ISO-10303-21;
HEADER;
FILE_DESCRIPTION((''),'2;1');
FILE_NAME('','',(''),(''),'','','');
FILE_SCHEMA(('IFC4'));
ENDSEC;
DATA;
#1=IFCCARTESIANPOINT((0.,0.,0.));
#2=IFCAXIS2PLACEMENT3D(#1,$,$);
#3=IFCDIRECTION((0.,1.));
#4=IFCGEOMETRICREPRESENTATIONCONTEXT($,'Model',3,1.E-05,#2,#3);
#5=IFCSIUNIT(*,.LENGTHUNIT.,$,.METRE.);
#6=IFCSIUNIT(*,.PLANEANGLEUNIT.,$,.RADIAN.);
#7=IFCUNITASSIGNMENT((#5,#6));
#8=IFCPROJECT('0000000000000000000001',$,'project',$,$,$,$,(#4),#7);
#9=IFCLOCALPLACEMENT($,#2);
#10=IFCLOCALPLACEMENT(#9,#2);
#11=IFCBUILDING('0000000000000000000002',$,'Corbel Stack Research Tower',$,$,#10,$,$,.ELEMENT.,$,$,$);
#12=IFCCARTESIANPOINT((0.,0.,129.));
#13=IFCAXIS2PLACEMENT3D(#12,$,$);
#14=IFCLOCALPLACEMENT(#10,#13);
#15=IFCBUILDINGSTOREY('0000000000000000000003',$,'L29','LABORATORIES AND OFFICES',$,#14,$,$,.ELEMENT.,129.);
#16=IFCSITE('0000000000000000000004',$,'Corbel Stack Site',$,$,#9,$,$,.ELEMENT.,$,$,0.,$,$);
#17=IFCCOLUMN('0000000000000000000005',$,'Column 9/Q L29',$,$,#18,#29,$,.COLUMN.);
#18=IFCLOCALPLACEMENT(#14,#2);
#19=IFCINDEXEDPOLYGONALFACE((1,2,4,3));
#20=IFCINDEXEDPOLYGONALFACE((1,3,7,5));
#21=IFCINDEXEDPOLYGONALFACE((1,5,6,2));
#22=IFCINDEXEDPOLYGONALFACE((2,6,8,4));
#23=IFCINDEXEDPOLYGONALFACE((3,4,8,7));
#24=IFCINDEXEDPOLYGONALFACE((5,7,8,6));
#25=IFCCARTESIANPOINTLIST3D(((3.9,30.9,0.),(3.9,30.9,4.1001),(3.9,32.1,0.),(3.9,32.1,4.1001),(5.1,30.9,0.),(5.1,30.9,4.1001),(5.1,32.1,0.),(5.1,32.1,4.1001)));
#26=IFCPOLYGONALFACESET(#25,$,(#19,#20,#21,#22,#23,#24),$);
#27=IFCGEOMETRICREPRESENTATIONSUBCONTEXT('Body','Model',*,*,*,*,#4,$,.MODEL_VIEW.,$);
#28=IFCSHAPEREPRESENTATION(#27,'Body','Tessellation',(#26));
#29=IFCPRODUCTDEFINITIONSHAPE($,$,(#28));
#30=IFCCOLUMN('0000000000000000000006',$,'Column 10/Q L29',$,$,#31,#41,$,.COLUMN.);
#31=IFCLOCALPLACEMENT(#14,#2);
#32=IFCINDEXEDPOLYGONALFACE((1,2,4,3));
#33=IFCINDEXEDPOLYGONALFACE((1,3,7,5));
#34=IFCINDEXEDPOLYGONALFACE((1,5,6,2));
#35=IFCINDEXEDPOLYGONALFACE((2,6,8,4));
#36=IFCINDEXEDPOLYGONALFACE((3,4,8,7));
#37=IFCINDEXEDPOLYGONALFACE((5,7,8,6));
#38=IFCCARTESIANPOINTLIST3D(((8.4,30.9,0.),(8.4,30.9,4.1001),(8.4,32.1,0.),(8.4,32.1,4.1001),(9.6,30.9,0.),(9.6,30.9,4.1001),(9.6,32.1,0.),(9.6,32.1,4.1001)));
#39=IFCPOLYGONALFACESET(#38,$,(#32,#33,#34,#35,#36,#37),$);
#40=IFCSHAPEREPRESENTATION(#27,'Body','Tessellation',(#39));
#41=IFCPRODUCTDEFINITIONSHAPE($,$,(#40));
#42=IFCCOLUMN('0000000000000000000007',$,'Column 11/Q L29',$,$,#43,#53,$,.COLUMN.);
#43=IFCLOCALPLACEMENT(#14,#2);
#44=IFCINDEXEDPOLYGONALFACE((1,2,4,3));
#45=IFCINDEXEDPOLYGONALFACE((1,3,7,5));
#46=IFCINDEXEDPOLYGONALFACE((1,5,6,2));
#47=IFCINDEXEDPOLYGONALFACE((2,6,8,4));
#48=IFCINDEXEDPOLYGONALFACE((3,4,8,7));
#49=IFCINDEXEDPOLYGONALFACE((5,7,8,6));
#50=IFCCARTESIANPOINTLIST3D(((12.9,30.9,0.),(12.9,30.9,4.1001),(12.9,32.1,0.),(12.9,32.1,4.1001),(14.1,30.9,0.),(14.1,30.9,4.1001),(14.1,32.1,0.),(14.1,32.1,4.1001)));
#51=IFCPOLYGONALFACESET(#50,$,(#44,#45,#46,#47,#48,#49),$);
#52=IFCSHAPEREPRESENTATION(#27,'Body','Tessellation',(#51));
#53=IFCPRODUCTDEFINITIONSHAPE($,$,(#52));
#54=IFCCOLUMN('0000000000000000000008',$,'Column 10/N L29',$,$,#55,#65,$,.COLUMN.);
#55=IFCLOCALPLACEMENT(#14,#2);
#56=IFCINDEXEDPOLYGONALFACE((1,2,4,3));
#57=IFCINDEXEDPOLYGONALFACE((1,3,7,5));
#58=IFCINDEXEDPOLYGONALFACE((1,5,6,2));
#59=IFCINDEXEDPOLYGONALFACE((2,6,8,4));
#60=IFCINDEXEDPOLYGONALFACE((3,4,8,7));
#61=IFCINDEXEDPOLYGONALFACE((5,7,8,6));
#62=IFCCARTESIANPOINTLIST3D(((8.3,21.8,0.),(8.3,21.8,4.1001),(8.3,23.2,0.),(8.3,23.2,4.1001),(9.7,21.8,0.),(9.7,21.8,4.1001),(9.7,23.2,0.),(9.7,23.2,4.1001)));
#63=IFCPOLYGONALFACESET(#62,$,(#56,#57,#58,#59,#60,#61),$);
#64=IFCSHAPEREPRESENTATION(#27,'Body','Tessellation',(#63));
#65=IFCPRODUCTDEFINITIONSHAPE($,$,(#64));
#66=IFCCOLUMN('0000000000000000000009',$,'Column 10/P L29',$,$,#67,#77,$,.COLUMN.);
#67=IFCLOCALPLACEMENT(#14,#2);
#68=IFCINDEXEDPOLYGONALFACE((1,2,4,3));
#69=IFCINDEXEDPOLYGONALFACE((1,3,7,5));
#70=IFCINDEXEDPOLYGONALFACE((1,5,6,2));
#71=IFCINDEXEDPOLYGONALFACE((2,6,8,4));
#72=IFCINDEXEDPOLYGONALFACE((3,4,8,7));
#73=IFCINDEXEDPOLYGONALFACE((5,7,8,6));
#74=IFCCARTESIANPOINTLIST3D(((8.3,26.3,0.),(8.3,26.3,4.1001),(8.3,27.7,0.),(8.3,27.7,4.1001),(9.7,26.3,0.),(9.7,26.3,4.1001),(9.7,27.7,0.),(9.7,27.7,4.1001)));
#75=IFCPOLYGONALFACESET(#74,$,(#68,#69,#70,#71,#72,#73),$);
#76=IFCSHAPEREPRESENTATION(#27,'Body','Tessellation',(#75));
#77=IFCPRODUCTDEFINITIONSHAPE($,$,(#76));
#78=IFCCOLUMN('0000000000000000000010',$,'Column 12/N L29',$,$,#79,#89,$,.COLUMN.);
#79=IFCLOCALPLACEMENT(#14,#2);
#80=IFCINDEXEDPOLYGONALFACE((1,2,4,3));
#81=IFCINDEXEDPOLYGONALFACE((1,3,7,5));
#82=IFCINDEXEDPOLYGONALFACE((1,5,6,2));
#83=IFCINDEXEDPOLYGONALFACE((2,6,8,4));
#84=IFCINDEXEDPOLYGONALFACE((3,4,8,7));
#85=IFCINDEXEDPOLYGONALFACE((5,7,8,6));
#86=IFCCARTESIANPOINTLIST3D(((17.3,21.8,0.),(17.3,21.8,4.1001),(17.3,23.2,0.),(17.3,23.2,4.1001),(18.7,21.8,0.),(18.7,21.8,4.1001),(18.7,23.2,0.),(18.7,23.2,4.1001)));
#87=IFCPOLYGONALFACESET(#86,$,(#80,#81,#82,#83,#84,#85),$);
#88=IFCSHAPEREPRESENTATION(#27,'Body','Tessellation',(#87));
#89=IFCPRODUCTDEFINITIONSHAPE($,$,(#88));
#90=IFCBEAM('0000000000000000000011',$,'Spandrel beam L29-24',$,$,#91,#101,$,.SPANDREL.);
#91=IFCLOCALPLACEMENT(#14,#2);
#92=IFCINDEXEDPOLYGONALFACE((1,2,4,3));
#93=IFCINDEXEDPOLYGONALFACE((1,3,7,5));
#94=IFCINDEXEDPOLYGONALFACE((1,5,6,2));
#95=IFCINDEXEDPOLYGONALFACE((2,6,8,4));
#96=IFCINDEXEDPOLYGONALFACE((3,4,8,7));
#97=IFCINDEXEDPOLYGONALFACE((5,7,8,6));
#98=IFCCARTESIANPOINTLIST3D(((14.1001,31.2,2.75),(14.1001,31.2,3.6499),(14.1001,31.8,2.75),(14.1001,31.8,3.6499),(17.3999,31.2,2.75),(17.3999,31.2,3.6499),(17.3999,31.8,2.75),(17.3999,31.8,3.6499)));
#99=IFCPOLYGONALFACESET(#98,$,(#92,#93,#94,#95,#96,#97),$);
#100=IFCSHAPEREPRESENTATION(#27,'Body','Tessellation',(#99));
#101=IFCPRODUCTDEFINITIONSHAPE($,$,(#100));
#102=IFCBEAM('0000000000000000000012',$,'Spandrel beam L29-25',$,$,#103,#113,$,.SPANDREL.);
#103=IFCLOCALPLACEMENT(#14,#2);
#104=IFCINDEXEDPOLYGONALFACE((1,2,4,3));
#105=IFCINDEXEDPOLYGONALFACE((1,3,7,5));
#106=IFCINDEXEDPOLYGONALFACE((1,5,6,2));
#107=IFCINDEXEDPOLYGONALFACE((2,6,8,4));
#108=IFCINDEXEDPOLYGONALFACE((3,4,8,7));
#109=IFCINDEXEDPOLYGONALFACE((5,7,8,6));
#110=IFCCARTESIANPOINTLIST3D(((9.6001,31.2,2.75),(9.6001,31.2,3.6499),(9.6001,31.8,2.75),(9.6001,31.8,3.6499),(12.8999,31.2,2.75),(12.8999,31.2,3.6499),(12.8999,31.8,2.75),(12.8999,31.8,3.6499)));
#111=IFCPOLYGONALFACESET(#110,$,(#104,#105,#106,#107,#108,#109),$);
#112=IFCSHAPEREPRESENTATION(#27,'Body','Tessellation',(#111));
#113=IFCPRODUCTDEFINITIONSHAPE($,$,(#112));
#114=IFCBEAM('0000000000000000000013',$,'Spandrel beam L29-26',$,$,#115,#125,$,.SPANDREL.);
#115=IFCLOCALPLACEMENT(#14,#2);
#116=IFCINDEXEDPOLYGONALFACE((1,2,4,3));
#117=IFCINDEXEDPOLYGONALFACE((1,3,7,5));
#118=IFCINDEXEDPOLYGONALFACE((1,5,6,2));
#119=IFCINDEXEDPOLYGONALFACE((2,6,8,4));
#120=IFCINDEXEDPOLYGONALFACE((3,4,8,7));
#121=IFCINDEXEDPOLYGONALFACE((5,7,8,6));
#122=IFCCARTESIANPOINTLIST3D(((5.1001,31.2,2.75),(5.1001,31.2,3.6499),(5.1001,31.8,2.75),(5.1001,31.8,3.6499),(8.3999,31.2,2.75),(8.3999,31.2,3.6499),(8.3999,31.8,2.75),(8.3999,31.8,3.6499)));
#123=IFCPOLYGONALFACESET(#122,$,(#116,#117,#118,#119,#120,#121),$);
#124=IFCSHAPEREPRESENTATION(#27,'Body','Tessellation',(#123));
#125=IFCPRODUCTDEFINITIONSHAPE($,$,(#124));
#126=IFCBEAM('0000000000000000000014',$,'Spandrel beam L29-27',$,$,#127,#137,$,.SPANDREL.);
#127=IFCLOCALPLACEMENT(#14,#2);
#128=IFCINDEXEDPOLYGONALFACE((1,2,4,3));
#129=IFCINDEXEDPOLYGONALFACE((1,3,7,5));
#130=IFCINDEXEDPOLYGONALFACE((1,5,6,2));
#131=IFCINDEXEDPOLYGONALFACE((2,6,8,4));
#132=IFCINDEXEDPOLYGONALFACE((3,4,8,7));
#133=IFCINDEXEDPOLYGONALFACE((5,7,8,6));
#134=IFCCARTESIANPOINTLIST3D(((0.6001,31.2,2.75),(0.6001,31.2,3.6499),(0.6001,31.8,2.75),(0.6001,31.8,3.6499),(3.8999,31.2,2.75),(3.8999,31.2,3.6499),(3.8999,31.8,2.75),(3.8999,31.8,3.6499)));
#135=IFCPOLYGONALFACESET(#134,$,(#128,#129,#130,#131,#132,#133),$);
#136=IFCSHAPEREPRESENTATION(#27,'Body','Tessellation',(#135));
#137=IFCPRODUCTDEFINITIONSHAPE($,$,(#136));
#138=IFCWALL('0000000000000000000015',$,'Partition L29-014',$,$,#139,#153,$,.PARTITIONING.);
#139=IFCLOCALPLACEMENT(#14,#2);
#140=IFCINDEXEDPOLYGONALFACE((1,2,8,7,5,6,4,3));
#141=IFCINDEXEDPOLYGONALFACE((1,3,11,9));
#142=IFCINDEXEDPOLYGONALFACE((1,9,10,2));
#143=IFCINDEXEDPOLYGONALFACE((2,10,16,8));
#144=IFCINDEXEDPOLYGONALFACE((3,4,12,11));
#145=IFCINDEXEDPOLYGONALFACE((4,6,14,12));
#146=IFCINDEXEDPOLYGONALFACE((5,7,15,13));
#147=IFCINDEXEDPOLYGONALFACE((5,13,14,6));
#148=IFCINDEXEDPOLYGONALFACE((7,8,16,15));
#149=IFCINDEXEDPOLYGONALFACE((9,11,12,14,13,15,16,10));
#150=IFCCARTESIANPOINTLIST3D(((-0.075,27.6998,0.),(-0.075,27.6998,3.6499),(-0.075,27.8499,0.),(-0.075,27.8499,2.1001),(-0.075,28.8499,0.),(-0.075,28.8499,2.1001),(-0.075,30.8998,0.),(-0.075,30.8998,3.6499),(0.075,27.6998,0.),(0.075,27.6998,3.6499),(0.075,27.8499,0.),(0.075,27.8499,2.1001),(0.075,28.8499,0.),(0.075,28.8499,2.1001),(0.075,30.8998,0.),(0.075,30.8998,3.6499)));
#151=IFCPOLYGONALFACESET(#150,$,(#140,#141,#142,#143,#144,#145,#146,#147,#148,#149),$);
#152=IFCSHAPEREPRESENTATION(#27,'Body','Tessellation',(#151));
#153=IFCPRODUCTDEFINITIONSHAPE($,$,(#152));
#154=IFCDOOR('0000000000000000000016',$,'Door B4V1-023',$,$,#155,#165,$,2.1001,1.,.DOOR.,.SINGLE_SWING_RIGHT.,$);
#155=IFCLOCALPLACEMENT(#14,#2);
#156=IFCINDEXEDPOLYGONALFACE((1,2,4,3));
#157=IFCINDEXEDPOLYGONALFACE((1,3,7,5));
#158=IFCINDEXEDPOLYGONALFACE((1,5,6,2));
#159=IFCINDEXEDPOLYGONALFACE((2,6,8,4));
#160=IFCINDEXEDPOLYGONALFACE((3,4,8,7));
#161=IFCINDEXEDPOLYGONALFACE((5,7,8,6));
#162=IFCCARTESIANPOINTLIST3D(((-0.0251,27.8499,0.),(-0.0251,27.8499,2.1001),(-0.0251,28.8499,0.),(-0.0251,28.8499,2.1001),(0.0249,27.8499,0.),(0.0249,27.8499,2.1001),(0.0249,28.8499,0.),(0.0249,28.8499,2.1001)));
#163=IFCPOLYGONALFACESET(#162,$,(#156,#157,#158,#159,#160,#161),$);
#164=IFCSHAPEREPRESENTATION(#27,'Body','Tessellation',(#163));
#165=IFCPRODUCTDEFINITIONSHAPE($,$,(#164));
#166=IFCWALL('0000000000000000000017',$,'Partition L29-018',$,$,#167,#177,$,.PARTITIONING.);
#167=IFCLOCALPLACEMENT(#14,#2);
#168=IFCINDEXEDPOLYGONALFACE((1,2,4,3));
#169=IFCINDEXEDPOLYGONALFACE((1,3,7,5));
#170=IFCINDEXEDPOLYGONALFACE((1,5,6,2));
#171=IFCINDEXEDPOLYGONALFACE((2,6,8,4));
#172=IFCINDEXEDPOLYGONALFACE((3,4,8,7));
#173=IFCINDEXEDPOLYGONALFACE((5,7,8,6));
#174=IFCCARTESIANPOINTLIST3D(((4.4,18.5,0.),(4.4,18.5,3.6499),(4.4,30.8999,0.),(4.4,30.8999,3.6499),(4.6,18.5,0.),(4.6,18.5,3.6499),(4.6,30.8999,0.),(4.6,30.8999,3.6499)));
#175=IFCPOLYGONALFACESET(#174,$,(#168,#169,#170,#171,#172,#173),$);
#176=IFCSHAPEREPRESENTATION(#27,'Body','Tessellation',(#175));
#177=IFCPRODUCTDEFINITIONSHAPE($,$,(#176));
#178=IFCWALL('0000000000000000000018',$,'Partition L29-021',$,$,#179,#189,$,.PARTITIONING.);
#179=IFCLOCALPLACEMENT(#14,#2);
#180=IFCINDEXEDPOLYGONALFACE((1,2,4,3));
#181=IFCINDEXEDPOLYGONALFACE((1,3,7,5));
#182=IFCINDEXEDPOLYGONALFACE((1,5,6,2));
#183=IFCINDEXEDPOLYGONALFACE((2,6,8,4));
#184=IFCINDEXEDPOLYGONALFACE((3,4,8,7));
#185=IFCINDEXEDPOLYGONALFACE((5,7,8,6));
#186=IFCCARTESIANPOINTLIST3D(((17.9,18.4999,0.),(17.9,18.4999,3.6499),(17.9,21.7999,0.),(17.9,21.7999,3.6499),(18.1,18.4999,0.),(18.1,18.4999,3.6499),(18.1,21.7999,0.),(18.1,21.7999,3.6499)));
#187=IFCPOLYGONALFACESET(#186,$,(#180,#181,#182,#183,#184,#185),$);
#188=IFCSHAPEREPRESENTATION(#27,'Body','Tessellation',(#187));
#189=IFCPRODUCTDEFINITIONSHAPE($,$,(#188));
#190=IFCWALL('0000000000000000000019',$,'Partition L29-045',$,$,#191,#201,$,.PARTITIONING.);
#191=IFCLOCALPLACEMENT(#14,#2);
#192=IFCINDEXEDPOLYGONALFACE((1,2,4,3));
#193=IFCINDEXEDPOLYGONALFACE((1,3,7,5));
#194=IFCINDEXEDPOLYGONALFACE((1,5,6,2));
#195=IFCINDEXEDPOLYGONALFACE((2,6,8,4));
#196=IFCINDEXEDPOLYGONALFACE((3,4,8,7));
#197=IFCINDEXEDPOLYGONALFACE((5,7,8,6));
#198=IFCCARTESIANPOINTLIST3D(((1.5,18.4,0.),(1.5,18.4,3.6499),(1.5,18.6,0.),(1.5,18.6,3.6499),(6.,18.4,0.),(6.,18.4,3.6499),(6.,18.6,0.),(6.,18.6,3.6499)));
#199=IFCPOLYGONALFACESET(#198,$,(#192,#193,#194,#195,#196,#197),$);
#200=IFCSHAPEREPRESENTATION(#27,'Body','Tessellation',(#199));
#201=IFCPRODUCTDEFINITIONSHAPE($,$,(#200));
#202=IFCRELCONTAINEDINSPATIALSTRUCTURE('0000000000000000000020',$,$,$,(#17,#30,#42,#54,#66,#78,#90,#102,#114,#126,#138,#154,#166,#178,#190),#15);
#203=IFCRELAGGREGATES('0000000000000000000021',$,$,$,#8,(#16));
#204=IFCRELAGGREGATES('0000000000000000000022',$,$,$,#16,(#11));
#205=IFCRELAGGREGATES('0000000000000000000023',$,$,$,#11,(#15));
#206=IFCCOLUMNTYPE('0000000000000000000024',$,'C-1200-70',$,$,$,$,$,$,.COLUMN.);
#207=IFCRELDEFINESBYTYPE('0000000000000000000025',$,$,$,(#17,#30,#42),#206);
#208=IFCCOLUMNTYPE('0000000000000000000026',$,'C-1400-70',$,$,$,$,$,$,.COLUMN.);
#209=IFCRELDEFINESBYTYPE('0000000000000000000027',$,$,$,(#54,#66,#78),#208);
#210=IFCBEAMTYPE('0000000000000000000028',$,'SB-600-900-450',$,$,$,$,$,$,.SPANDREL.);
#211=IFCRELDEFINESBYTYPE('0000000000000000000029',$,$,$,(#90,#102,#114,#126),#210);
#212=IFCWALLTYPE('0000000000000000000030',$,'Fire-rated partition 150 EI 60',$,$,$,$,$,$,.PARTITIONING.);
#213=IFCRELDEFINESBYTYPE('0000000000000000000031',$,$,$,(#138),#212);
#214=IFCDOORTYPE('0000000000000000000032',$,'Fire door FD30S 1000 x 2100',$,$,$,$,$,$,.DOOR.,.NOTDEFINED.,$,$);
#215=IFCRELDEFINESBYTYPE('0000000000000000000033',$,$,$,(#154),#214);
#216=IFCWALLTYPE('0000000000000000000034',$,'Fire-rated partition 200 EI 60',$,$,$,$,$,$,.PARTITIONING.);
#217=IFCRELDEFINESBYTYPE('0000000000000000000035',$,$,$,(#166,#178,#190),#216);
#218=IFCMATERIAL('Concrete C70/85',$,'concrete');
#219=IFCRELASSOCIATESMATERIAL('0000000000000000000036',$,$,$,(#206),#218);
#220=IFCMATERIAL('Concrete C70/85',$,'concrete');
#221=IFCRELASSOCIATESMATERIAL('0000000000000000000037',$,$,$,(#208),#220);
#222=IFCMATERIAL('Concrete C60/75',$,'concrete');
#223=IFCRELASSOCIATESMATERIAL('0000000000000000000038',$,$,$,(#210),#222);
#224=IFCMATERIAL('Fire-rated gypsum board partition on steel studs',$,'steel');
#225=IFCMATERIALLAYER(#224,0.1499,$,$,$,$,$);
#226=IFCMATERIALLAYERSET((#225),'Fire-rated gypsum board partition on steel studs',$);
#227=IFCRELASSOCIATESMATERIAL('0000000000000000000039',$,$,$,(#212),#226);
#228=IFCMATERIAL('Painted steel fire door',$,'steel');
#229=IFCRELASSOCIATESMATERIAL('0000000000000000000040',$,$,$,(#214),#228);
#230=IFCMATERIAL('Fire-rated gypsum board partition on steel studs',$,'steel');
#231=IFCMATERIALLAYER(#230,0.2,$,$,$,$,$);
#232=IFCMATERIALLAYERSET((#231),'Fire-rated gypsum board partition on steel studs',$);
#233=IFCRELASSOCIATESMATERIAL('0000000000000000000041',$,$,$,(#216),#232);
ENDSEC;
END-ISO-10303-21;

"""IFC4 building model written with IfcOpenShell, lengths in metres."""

from ifc_helpers import new_model, si_unit, direction, frame, frame_2d, origin, origin_2d, place, context, subcontext, project, spatial, rectangle, extrude, material, layer, layer_set, material_profile, profile_set, type_object, element, fill, save


model = new_model("IFC4")

# Units and contexts
model_context = context("Model", 3, precision=1e-05, world=origin(), true_north=direction((0.0, 1.0)))
body_context = subcontext(model_context, "Body", "Model", "MODEL_VIEW")
ifc_project = project(units=[si_unit("LENGTHUNIT", "METRE"), si_unit("PLANEANGLEUNIT", "RADIAN")], contexts=[model_context])

# Site, building, storey
site_placement = place(None, origin())
site = spatial("IfcSite", under=ifc_project, at=site_placement, Name="Corbel Stack Site", CompositionType="ELEMENT", RefElevation=0.0)
building_placement = place(site_placement, origin())
building = spatial("IfcBuilding", under=site, at=building_placement, Name="Corbel Stack Research Tower", CompositionType="ELEMENT")
storey_placement = place(building_placement, frame((0.0, 0.0, 129.0)))
storey = spatial("IfcBuildingStorey", under=building, at=storey_placement, Name="L29", Description="LABORATORIES AND OFFICES", CompositionType="ELEMENT", Elevation=129.0)

# Columns
ifc_material_1 = material(Name="Concrete C70/85", Category="concrete")
ifc_material_profile_1 = material_profile(ifc_material_1, rectangle(XDim=1.2, YDim=1.2, at=origin_2d()), Name="RC 1200 x 1200")
ifc_profile_set_1 = profile_set([ifc_material_profile_1], Name="Concrete C70/85")
column_type_1 = type_object("IfcColumnType", Name="C-1200-70", PredefinedType="COLUMN", material=ifc_profile_set_1)
for number, where, z_axis, x_axis, name in (
    (1, (4.5, 31.5, 0.0), (0.0, 0.0, 1.0), (1.0, 0.0, 0.0), "Column 9/Q L29"),
    (2, (9.0, 31.5, 0.0), (0.0, 0.0, 1.0), (1.0, 0.0, 0.0), "Column 10/Q L29"),
    (3, (13.5, 31.5, 0.0), (0.0, 0.0, 1.0), (1.0, 0.0, 0.0), "Column 11/Q L29"),
):
    element("IfcColumn", number, at=place(storey_placement, frame(where, z_axis=z_axis, x_axis=x_axis)), inside=storey, type_object=column_type_1, Name=name, PredefinedType="COLUMN", context=body_context, shape_type="SweptSolid", body=[
        extrude(rectangle(XDim=1.2, YDim=1.2, at=origin_2d()), origin(), (0.0, 0.0, 1.0), 4.1001),
    ])
ifc_material_2 = material(Name="Concrete C70/85", Category="concrete")
ifc_material_profile_2 = material_profile(ifc_material_2, rectangle(XDim=1.3999, YDim=1.3999, at=origin_2d()), Name="RC 1400 x 1400")
ifc_profile_set_2 = profile_set([ifc_material_profile_2], Name="Concrete C70/85")
column_type_2 = type_object("IfcColumnType", Name="C-1400-70", PredefinedType="COLUMN", material=ifc_profile_set_2)
for number, where, z_axis, x_axis, name in (
    (4, (9.0, 22.5, 0.0), (0.0, 0.0, 1.0), (1.0, 0.0, 0.0), "Column 10/N L29"),
    (5, (9.0, 27.0, 0.0), (0.0, 0.0, 1.0), (1.0, 0.0, 0.0), "Column 10/P L29"),
    (6, (18.0, 22.5, 0.0), (0.0, 0.0, 1.0), (1.0, 0.0, 0.0), "Column 12/N L29"),
):
    element("IfcColumn", number, at=place(storey_placement, frame(where, z_axis=z_axis, x_axis=x_axis)), inside=storey, type_object=column_type_2, Name=name, PredefinedType="COLUMN", context=body_context, shape_type="SweptSolid", body=[
        extrude(rectangle(XDim=1.3999, YDim=1.3999, at=origin_2d()), origin(), (0.0, 0.0, 1.0), 4.1001),
    ])

# Beams
ifc_material_3 = material(Name="Concrete C60/75", Category="concrete")
ifc_material_profile_3 = material_profile(ifc_material_3, rectangle(XDim=0.6001, YDim=0.8999, at=origin_2d()), Name="RC 600 x 900")
ifc_profile_set_3 = profile_set([ifc_material_profile_3], Name="Concrete C60/75")
beam_type = type_object("IfcBeamType", Name="SB-600-900-450", PredefinedType="SPANDREL", material=ifc_profile_set_3)
for number, where, z_axis, x_axis, name in (
    (7, (17.3999, 31.5, 3.2), (-1.0, 0.0, 0.0), (0.0, -1.0, 0.0), "Spandrel beam L29-24"),
    (8, (12.8999, 31.5, 3.2), (-1.0, 0.0, 0.0), (0.0, -1.0, 0.0), "Spandrel beam L29-25"),
    (9, (8.3999, 31.5, 3.2), (-1.0, 0.0, 0.0), (0.0, -1.0, 0.0), "Spandrel beam L29-26"),
    (10, (3.8999, 31.5, 3.2), (-1.0, 0.0, 0.0), (0.0, -1.0, 0.0), "Spandrel beam L29-27"),
):
    element("IfcBeam", number, at=place(storey_placement, frame(where, z_axis=z_axis, x_axis=x_axis)), inside=storey, type_object=beam_type, Name=name, PredefinedType="SPANDREL", context=body_context, shape_type="SweptSolid", body=[
        extrude(rectangle(XDim=0.6001, YDim=0.8999, at=origin_2d()), origin(), (0.0, 0.0, 1.0), 3.2998),
    ])

# Wall, opening, door
ifc_material_4 = material(Name="Fire-rated gypsum board partition on steel studs", Category="steel")
ifc_layer_1 = layer(ifc_material_4, 0.1499)
ifc_layer_set_1 = layer_set([ifc_layer_1], Name="Fire-rated gypsum board partition on steel studs")
wall_type_1 = type_object("IfcWallType", Name="Fire-rated partition 150 EI 60", PredefinedType="PARTITIONING", material=ifc_layer_set_1)
wall_1_placement = place(storey_placement, frame((0.0, 30.8999, 0.0), z_axis=(0.0, 0.0, 1.0), x_axis=(0.0, -1.0, 0.0)))
wall_1 = element("IfcWall", 11, at=wall_1_placement, inside=storey, type_object=wall_type_1, Name="Partition L29-014", PredefinedType="PARTITIONING", context=body_context, shape_type="SweptSolid", body=[
    extrude(rectangle(XDim=3.2, YDim=0.1499, at=frame_2d((1.6001, 0.0))), origin(), (0.0, 0.0, 1.0), 3.6499),
])
opening_1_placement = place(wall_1_placement, frame((2.05, 0.0, 0.0)))
opening_1 = element("IfcOpeningElement", 12, at=opening_1_placement, cuts=wall_1, PredefinedType="OPENING", context=body_context, shape_type="SweptSolid", body=[
    extrude(rectangle(XDim=1.0, YDim=2.1001, at=frame_2d((0.5, 1.05))), frame((0.0, 0.085, 0.0), z_axis=(0.0, -1.0, 0.0), x_axis=(1.0, 0.0, 0.0)), (0.0, 0.0, 1.0), 0.1699),
])
ifc_material_5 = material(Name="Painted steel fire door", Category="steel")
door_type_1 = type_object("IfcDoorType", Name="Fire door FD30S 1000 x 2100", OperationType="NOTDEFINED", PredefinedType="DOOR", material=ifc_material_5)
door_1_placement = place(opening_1_placement, origin())
door_1 = element("IfcDoor", 13, at=door_1_placement, inside=storey, type_object=door_type_1, Name="Door B4V1-023", OperationType="SINGLE_SWING_RIGHT", OverallHeight=2.1001, OverallWidth=1.0, PredefinedType="DOOR", context=body_context, shape_type="SweptSolid", body=[
    extrude(rectangle(XDim=1.0, YDim=2.1001, at=frame_2d((0.5, 1.05))), frame((0.0, 0.0249, 0.0), z_axis=(0.0, -1.0, 0.0), x_axis=(1.0, 0.0, 0.0)), (0.0, 0.0, 1.0), 0.05),
])
fill(opening_1, door_1)

# Walls
ifc_material_6 = material(Name="Fire-rated gypsum board partition on steel studs", Category="steel")
ifc_layer_2 = layer(ifc_material_6, 0.2)
ifc_layer_set_2 = layer_set([ifc_layer_2], Name="Fire-rated gypsum board partition on steel studs")
wall_type_2 = type_object("IfcWallType", Name="Fire-rated partition 200 EI 60", PredefinedType="PARTITIONING", material=ifc_layer_set_2)
wall_2_placement = place(storey_placement, frame((4.5, 18.5, 0.0), z_axis=(0.0, 0.0, 1.0), x_axis=(0.0, 1.0, 0.0)))
element("IfcWall", 14, at=wall_2_placement, inside=storey, type_object=wall_type_2, Name="Partition L29-018", PredefinedType="PARTITIONING", context=body_context, shape_type="SweptSolid", body=[
    extrude(rectangle(XDim=12.3999, YDim=0.2, at=frame_2d((6.2, 0.0))), origin(), (0.0, 0.0, 1.0), 3.6499),
])
wall_3_placement = place(storey_placement, frame((18.0, 18.5, 0.0), z_axis=(0.0, 0.0, 1.0), x_axis=(0.0, 1.0, 0.0)))
element("IfcWall", 15, at=wall_3_placement, inside=storey, type_object=wall_type_2, Name="Partition L29-021", PredefinedType="PARTITIONING", context=body_context, shape_type="SweptSolid", body=[
    extrude(rectangle(XDim=3.3, YDim=0.2, at=frame_2d((1.6499, 0.0))), origin(), (0.0, 0.0, 1.0), 3.6499),
])
wall_4_placement = place(storey_placement, frame((1.5, 18.5, 0.0), z_axis=(0.0, 0.0, 1.0), x_axis=(1.0, 0.0, 0.0)))
element("IfcWall", 16, at=wall_4_placement, inside=storey, type_object=wall_type_2, Name="Partition L29-045", PredefinedType="PARTITIONING", context=body_context, shape_type="SweptSolid", body=[
    extrude(rectangle(XDim=4.5, YDim=0.2, at=frame_2d((2.25, 0.0))), origin(), (0.0, 0.0, 1.0), 3.6499),
])

save(model, "model.ifc")
